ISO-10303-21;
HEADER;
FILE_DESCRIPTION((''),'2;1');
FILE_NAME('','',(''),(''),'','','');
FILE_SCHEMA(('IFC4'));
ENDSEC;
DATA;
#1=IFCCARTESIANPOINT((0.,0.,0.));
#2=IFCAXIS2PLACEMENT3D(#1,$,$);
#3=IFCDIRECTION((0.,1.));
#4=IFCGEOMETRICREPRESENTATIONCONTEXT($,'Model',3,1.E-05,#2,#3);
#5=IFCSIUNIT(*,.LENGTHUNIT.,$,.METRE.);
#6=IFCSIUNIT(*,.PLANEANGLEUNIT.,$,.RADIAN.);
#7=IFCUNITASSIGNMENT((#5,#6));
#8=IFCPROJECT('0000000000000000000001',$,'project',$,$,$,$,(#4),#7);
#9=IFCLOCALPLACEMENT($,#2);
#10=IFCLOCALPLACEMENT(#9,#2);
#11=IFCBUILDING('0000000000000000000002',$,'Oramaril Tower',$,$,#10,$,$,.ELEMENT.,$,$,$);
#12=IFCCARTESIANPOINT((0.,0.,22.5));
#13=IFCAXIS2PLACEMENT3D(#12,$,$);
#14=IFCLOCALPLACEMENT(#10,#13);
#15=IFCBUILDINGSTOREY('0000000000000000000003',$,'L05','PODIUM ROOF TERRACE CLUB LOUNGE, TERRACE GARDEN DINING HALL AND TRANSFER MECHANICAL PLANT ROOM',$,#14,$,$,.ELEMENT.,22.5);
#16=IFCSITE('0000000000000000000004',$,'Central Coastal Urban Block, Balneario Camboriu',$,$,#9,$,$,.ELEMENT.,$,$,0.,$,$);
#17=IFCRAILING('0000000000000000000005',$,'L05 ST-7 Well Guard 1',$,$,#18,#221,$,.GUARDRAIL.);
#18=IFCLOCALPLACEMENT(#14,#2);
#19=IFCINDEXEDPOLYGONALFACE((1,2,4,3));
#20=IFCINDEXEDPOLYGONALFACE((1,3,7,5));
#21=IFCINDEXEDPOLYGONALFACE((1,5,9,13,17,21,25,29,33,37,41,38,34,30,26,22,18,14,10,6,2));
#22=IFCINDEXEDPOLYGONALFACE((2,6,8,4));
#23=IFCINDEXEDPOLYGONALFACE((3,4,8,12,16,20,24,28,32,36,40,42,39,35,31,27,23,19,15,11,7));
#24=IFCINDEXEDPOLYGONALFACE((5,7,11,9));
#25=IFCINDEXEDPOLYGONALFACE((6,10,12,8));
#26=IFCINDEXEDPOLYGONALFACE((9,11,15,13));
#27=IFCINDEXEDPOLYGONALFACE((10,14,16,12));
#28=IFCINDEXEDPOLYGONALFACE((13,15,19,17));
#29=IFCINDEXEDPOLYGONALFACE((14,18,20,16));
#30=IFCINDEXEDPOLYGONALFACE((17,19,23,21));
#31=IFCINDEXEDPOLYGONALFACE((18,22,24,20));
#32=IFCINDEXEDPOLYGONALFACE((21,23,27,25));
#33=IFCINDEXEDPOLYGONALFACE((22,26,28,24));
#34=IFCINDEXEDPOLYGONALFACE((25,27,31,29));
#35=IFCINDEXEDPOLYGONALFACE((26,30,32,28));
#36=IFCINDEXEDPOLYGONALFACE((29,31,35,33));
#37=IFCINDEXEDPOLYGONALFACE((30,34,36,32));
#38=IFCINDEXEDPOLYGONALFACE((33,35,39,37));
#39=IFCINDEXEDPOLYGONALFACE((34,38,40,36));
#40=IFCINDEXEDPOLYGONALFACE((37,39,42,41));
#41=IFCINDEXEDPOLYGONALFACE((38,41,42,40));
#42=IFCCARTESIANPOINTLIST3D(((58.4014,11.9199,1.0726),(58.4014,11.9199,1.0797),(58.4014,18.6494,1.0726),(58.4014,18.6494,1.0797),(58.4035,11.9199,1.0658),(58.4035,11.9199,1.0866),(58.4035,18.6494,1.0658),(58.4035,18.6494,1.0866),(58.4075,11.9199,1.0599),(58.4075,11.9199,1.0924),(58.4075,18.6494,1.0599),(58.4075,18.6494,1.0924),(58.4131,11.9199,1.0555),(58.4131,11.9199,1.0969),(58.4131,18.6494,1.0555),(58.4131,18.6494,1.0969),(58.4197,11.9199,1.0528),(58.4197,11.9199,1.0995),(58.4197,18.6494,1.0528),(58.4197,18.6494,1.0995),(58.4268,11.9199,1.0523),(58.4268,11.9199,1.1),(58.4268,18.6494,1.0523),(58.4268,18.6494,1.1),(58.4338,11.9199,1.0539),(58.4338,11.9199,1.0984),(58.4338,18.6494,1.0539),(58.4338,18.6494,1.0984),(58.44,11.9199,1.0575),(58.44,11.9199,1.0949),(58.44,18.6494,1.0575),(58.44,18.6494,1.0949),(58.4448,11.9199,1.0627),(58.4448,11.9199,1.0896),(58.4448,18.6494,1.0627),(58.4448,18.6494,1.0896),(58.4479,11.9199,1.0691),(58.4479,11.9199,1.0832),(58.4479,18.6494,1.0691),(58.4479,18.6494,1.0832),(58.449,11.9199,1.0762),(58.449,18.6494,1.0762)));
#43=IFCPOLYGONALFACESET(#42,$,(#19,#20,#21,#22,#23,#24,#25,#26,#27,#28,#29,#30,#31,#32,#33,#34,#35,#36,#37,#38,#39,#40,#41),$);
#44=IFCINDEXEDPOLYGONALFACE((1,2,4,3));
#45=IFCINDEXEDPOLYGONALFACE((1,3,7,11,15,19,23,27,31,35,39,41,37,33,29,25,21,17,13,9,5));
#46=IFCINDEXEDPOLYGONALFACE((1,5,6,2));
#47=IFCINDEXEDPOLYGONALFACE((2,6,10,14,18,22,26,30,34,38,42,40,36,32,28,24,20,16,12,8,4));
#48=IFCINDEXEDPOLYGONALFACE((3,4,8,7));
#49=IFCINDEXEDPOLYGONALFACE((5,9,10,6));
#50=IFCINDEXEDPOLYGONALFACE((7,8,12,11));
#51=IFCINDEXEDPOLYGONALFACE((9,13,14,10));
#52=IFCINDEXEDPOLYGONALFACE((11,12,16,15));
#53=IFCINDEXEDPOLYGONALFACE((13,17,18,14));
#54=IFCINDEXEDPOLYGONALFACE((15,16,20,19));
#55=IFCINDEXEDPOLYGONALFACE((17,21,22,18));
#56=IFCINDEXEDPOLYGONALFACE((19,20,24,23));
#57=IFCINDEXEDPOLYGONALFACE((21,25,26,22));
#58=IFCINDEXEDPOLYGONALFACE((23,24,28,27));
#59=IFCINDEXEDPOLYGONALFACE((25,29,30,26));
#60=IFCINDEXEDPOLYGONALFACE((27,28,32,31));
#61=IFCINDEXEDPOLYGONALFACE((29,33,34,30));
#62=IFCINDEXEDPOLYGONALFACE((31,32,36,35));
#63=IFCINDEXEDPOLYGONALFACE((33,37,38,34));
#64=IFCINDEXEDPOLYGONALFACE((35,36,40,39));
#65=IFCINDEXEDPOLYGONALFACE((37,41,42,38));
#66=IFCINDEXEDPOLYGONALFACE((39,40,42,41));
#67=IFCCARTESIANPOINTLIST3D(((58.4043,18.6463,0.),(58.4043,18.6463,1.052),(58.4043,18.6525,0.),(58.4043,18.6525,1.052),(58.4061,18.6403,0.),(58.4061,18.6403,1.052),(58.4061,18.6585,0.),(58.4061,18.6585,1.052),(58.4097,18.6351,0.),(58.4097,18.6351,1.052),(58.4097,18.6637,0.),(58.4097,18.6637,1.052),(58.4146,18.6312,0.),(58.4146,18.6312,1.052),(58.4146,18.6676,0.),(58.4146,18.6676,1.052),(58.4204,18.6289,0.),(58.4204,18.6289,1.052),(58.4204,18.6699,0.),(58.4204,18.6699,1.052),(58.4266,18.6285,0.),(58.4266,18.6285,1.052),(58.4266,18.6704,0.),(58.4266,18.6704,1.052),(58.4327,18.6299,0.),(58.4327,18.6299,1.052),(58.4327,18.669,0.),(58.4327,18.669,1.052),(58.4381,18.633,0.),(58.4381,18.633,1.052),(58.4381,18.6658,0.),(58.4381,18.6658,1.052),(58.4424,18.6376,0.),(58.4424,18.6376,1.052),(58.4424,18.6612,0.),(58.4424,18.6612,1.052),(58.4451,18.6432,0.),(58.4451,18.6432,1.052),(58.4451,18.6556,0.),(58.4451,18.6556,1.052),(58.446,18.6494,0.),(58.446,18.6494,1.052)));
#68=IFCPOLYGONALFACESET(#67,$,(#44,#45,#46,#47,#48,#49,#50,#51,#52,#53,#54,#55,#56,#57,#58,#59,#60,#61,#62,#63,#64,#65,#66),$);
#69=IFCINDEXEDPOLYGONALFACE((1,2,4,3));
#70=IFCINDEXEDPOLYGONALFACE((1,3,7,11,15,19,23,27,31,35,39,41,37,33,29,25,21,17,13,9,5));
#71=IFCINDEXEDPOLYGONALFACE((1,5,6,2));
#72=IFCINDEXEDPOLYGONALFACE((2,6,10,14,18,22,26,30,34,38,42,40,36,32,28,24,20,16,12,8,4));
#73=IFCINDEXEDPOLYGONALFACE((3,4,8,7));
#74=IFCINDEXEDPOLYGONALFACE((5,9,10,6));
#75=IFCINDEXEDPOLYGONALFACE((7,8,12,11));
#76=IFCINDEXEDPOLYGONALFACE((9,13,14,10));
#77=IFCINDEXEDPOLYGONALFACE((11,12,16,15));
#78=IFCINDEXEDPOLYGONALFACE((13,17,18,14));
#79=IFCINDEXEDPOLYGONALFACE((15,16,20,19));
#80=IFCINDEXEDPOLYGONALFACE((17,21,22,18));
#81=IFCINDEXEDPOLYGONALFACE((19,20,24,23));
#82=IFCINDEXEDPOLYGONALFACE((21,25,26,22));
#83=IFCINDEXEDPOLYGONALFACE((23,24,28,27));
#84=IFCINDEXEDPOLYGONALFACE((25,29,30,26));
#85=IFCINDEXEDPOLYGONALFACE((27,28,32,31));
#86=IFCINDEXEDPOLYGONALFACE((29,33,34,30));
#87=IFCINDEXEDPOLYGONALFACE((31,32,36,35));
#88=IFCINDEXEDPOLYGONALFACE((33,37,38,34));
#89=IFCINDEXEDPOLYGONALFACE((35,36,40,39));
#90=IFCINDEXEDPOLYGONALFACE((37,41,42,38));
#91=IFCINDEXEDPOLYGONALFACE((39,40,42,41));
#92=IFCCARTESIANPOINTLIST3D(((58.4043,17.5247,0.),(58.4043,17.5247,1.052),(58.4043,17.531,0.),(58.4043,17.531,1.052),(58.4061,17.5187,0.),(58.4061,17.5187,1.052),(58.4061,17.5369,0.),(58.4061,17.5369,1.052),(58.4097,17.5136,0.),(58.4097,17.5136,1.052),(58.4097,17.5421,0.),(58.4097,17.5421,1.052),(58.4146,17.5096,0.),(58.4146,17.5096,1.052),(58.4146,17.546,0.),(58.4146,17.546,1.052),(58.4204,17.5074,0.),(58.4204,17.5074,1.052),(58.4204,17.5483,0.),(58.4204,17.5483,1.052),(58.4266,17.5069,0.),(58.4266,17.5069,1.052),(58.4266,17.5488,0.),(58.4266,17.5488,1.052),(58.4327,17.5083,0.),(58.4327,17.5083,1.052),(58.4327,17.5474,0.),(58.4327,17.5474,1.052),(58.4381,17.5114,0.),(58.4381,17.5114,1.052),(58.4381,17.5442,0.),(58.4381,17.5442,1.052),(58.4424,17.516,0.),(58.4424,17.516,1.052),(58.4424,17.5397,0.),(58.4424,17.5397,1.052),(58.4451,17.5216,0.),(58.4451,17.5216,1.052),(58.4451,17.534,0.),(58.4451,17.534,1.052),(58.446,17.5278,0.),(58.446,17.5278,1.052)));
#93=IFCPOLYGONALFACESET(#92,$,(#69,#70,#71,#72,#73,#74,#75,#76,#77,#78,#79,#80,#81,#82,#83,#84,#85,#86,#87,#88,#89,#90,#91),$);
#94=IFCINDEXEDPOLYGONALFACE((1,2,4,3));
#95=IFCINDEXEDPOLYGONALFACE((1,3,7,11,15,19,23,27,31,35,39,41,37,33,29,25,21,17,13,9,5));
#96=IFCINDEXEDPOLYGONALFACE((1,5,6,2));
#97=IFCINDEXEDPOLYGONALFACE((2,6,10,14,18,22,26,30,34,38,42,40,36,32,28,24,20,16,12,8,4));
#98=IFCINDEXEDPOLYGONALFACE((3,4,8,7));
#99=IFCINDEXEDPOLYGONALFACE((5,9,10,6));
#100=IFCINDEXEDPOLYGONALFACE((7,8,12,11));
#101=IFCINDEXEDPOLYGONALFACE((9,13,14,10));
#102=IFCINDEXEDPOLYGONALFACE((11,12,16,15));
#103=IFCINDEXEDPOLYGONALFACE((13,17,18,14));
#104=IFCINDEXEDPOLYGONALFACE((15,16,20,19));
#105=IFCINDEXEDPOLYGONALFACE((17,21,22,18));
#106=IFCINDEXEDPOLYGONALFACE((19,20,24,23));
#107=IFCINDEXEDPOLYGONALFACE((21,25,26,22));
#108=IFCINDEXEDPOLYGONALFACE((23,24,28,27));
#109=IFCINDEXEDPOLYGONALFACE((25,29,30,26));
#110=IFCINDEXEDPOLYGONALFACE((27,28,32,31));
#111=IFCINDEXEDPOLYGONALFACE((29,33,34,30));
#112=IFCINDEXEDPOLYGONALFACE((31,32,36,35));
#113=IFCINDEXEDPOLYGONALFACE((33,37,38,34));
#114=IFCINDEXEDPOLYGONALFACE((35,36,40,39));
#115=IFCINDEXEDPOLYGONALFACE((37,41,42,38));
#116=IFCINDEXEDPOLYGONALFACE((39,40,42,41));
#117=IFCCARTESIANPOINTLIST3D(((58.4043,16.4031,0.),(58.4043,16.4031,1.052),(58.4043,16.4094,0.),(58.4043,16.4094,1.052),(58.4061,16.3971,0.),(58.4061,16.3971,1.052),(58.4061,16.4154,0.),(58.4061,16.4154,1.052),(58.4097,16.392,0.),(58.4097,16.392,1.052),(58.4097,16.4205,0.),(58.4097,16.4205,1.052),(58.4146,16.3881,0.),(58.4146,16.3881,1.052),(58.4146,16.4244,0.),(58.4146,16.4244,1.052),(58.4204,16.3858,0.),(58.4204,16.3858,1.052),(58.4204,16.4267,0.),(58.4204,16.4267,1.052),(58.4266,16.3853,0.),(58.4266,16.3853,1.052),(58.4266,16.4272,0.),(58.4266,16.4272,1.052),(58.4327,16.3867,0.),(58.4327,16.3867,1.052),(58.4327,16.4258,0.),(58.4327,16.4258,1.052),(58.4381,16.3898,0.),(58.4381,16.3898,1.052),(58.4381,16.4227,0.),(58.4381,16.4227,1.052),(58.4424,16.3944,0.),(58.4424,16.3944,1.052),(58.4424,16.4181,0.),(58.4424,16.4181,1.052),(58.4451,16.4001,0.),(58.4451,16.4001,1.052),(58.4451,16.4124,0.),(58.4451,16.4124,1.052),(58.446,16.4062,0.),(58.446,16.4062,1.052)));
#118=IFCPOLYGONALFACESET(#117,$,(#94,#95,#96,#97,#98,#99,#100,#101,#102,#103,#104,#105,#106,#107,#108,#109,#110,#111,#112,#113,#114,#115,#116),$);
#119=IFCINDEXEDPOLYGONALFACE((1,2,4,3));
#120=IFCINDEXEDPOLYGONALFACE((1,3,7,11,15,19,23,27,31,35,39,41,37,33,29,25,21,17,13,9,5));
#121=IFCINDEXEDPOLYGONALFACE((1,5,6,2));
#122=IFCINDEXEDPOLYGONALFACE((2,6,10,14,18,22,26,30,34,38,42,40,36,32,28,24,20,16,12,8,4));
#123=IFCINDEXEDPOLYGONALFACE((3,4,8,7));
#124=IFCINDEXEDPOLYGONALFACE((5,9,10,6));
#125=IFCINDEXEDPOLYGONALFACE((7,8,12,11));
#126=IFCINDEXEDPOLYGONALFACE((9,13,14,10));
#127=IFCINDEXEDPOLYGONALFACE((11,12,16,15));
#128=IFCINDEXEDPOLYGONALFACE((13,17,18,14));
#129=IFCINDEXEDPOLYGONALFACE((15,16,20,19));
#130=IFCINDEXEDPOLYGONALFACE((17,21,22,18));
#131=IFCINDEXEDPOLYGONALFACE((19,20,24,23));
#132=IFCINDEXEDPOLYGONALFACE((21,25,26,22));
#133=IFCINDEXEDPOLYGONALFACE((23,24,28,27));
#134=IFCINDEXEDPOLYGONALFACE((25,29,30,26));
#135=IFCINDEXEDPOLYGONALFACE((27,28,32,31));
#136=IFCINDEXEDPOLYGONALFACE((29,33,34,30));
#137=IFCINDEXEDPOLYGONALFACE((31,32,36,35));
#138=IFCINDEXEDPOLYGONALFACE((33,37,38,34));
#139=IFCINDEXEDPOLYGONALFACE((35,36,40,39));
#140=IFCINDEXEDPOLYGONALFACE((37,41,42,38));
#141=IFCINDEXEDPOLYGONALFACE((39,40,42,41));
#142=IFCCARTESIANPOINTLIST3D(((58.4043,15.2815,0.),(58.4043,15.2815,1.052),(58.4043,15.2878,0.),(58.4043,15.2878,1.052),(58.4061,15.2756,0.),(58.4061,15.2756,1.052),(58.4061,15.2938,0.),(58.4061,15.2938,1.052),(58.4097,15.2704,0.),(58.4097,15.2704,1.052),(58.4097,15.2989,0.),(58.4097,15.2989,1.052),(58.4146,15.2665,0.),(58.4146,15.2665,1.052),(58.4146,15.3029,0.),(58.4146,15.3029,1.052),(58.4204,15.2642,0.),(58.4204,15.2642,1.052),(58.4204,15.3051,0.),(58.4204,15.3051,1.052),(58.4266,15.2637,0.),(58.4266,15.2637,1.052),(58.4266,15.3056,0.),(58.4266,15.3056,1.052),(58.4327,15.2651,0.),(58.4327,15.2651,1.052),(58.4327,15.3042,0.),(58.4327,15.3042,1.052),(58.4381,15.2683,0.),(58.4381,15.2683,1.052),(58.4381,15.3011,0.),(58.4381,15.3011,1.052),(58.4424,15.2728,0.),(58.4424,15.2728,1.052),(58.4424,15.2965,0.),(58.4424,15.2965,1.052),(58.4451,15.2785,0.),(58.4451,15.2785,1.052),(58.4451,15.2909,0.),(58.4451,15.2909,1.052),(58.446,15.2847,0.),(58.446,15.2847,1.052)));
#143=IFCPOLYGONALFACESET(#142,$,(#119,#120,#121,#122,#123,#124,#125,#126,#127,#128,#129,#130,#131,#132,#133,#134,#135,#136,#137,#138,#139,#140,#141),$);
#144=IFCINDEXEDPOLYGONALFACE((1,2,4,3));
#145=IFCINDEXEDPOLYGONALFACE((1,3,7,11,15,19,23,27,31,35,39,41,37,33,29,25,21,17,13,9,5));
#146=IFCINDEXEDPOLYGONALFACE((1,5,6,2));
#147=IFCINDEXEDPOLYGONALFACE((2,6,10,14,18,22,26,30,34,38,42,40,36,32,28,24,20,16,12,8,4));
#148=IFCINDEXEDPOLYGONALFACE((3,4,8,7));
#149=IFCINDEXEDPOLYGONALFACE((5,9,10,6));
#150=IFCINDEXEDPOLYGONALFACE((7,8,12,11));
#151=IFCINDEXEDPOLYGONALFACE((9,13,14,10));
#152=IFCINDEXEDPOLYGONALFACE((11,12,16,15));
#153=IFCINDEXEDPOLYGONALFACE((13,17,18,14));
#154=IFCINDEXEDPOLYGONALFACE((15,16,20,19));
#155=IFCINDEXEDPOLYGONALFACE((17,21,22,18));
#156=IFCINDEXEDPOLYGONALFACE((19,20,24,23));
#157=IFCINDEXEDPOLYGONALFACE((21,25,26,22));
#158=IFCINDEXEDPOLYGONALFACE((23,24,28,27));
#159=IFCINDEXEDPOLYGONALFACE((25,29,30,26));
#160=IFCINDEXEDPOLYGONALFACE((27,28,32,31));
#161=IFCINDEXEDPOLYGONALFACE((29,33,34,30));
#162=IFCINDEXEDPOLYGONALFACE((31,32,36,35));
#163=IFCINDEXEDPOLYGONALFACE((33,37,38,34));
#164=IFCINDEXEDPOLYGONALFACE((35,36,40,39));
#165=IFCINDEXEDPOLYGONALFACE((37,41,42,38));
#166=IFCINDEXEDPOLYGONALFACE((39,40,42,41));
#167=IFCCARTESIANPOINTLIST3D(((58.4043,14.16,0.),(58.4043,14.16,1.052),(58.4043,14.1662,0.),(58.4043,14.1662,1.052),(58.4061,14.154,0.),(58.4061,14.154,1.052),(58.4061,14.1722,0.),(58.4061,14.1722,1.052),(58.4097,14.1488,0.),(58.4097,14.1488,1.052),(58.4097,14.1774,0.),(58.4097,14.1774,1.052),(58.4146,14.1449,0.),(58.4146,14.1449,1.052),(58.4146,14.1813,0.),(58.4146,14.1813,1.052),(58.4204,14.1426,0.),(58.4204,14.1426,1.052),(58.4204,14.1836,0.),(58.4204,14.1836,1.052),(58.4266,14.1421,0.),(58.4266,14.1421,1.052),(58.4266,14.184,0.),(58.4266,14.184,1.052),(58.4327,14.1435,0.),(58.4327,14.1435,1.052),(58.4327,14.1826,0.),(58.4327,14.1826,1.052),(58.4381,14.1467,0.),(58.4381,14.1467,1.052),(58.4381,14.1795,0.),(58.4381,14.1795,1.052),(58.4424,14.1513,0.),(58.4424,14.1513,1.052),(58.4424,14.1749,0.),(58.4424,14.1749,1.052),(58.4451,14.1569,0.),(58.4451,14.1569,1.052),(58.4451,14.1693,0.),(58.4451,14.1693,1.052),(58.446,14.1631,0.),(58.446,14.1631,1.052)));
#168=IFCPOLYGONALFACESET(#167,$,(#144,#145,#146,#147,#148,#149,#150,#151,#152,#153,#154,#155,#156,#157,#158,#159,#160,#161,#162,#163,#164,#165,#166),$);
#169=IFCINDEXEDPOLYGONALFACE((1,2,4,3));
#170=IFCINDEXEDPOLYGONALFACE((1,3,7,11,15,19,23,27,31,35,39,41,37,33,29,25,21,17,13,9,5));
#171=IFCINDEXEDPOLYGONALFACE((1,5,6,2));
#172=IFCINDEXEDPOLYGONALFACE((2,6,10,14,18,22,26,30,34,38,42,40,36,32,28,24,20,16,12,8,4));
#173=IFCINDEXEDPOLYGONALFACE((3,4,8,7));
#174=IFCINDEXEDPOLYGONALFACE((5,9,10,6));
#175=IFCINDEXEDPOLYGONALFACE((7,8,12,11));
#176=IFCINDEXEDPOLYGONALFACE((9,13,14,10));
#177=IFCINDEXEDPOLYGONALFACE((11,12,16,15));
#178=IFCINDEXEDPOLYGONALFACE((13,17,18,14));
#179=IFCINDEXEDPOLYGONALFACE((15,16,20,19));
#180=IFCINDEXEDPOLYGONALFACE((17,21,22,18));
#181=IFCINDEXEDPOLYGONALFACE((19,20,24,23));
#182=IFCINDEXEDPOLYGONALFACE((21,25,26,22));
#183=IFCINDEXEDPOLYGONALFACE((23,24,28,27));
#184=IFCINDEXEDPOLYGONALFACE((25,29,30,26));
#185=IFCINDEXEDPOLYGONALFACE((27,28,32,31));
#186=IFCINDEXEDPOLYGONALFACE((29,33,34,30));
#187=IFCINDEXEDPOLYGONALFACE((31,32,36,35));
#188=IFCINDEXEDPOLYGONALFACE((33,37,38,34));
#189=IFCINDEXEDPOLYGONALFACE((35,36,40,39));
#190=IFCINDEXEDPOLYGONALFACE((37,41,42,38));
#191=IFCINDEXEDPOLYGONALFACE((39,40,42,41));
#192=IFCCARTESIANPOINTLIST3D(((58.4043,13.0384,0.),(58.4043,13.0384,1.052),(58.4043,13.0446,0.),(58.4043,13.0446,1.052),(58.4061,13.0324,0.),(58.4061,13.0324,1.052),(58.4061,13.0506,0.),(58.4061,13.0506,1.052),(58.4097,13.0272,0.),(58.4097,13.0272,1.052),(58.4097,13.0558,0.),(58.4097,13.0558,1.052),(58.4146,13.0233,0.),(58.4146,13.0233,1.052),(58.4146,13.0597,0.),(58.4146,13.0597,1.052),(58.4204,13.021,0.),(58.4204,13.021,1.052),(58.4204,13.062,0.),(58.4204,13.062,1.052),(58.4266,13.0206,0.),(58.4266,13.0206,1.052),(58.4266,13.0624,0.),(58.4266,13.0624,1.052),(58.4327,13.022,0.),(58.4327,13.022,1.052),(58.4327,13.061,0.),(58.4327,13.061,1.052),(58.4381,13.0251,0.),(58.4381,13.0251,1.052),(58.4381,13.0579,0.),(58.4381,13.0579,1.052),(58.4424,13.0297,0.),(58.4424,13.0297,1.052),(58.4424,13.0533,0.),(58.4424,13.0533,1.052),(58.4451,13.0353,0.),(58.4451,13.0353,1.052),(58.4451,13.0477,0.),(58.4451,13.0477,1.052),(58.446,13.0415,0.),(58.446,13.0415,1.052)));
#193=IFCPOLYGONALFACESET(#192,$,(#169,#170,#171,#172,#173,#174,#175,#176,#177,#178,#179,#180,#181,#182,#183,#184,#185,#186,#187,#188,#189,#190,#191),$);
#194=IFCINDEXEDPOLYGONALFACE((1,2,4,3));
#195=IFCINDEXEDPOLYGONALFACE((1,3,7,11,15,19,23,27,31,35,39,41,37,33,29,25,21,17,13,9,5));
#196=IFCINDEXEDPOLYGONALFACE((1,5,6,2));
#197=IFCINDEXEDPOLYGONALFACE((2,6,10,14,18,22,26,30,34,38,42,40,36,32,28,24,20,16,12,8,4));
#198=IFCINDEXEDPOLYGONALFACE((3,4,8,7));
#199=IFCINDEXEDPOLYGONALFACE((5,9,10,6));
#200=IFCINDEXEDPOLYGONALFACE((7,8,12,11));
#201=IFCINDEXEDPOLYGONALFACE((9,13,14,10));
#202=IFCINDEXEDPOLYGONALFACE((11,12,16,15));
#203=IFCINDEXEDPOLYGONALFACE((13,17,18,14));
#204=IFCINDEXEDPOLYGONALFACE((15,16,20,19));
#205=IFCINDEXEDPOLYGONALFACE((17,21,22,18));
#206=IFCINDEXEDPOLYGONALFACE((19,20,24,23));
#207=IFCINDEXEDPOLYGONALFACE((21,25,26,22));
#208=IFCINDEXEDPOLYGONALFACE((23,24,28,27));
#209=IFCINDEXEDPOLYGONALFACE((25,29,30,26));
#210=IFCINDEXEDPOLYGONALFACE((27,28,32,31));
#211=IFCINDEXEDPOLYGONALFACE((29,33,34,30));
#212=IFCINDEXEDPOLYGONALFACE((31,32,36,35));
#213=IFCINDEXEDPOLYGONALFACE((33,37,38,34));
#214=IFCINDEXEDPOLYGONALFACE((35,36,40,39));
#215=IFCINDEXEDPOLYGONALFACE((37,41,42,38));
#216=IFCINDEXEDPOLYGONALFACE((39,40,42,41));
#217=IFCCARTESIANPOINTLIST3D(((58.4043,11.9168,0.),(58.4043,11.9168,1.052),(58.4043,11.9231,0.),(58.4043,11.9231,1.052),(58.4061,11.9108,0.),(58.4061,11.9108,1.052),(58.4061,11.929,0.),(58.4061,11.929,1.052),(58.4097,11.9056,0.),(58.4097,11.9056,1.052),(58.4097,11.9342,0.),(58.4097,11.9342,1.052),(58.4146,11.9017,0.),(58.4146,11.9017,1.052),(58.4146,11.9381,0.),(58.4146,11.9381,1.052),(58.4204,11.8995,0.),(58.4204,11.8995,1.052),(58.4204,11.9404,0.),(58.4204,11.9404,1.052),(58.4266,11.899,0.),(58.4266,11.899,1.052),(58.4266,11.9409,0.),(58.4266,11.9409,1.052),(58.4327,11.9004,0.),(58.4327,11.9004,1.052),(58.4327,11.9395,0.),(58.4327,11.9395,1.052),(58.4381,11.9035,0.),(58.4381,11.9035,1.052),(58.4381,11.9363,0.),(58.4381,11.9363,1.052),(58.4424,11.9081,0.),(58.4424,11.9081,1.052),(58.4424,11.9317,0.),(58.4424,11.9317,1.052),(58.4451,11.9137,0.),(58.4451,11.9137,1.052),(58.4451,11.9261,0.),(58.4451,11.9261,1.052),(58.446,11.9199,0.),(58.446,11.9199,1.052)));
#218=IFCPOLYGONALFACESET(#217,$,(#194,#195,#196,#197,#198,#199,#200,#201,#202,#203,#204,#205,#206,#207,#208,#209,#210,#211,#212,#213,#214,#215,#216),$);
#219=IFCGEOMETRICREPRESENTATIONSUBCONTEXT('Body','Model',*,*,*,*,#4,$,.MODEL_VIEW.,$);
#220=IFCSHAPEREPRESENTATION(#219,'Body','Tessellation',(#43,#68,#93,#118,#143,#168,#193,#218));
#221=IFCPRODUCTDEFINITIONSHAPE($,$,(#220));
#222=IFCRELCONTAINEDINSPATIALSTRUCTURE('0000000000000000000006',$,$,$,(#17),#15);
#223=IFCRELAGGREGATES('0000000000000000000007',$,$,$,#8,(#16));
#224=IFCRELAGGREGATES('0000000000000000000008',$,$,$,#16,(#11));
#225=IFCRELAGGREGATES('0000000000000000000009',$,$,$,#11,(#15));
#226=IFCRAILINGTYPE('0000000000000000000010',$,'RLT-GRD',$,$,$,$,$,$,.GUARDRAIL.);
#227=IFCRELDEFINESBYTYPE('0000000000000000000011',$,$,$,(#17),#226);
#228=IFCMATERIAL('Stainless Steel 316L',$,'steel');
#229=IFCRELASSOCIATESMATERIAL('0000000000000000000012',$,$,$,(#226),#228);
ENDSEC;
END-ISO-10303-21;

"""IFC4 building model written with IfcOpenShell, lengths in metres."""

from ifc_helpers import new_model, si_unit, direction, frame, origin, origin_2d, place, context, subcontext, project, spatial, circle, extrude, material, type_object, element, save


model = new_model("IFC4")

# Units and contexts
model_context = context("Model", 3, precision=1e-05, world=origin(), true_north=direction((0.0, 1.0)))
body_context = subcontext(model_context, "Body", "Model", "MODEL_VIEW")
ifc_project = project(units=[si_unit("LENGTHUNIT", "METRE"), si_unit("PLANEANGLEUNIT", "RADIAN")], contexts=[model_context])

# Site, building, storey
site_placement = place(None, origin())
site = spatial("IfcSite", under=ifc_project, at=site_placement, Name="Central Coastal Urban Block, Balneario Camboriu", CompositionType="ELEMENT", RefElevation=0.0)
building_placement = place(site_placement, origin())
building = spatial("IfcBuilding", under=site, at=building_placement, Name="Oramaril Tower", CompositionType="ELEMENT")
storey_placement = place(building_placement, frame((0.0, 0.0, 22.5)))
storey = spatial("IfcBuildingStorey", under=building, at=storey_placement, Name="L05", Description="PODIUM ROOF TERRACE CLUB LOUNGE, TERRACE GARDEN DINING HALL AND TRANSFER MECHANICAL PLANT ROOM", CompositionType="ELEMENT", Elevation=22.5)

# Railing
ifc_material_1 = material(Name="Stainless Steel 316L", Category="steel")
railing_type = type_object("IfcRailingType", Name="RLT-GRD", PredefinedType="GUARDRAIL", material=ifc_material_1)
railing_1_placement = place(storey_placement, frame((58.425, 18.6494, 0.0)))
element("IfcRailing", 1, at=railing_1_placement, inside=storey, type_object=railing_type, Name="L05 ST-7 Well Guard 1", PredefinedType="GUARDRAIL", context=body_context, shape_type="SweptSolid", body=[
    extrude(circle(Radius=0.0239, at=origin_2d()), frame((0.0, 0.0, 1.0762), z_axis=(0.0, -1.0, 0.0), x_axis=(1.0, 0.0, 0.0)), (0.0, 0.0, 1.0), 6.7295),
    extrude(circle(Radius=0.021, at=origin_2d()), origin(), (0.0, 0.0, 1.0), 1.052),
    extrude(circle(Radius=0.021, at=origin_2d()), frame((0.0, -1.1216, 0.0)), (0.0, 0.0, 1.0), 1.052),
    extrude(circle(Radius=0.021, at=origin_2d()), frame((0.0, -2.2432, 0.0)), (0.0, 0.0, 1.0), 1.052),
    extrude(circle(Radius=0.021, at=origin_2d()), frame((0.0, -3.3647, 0.0)), (0.0, 0.0, 1.0), 1.052),
    extrude(circle(Radius=0.021, at=origin_2d()), frame((0.0, -4.4863, 0.0)), (0.0, 0.0, 1.0), 1.052),
    extrude(circle(Radius=0.021, at=origin_2d()), frame((0.0, -5.6079, 0.0)), (0.0, 0.0, 1.0), 1.052),
    extrude(circle(Radius=0.021, at=origin_2d()), frame((0.0, -6.7295, 0.0)), (0.0, 0.0, 1.0), 1.052),
])

save(model, "model.ifc")
